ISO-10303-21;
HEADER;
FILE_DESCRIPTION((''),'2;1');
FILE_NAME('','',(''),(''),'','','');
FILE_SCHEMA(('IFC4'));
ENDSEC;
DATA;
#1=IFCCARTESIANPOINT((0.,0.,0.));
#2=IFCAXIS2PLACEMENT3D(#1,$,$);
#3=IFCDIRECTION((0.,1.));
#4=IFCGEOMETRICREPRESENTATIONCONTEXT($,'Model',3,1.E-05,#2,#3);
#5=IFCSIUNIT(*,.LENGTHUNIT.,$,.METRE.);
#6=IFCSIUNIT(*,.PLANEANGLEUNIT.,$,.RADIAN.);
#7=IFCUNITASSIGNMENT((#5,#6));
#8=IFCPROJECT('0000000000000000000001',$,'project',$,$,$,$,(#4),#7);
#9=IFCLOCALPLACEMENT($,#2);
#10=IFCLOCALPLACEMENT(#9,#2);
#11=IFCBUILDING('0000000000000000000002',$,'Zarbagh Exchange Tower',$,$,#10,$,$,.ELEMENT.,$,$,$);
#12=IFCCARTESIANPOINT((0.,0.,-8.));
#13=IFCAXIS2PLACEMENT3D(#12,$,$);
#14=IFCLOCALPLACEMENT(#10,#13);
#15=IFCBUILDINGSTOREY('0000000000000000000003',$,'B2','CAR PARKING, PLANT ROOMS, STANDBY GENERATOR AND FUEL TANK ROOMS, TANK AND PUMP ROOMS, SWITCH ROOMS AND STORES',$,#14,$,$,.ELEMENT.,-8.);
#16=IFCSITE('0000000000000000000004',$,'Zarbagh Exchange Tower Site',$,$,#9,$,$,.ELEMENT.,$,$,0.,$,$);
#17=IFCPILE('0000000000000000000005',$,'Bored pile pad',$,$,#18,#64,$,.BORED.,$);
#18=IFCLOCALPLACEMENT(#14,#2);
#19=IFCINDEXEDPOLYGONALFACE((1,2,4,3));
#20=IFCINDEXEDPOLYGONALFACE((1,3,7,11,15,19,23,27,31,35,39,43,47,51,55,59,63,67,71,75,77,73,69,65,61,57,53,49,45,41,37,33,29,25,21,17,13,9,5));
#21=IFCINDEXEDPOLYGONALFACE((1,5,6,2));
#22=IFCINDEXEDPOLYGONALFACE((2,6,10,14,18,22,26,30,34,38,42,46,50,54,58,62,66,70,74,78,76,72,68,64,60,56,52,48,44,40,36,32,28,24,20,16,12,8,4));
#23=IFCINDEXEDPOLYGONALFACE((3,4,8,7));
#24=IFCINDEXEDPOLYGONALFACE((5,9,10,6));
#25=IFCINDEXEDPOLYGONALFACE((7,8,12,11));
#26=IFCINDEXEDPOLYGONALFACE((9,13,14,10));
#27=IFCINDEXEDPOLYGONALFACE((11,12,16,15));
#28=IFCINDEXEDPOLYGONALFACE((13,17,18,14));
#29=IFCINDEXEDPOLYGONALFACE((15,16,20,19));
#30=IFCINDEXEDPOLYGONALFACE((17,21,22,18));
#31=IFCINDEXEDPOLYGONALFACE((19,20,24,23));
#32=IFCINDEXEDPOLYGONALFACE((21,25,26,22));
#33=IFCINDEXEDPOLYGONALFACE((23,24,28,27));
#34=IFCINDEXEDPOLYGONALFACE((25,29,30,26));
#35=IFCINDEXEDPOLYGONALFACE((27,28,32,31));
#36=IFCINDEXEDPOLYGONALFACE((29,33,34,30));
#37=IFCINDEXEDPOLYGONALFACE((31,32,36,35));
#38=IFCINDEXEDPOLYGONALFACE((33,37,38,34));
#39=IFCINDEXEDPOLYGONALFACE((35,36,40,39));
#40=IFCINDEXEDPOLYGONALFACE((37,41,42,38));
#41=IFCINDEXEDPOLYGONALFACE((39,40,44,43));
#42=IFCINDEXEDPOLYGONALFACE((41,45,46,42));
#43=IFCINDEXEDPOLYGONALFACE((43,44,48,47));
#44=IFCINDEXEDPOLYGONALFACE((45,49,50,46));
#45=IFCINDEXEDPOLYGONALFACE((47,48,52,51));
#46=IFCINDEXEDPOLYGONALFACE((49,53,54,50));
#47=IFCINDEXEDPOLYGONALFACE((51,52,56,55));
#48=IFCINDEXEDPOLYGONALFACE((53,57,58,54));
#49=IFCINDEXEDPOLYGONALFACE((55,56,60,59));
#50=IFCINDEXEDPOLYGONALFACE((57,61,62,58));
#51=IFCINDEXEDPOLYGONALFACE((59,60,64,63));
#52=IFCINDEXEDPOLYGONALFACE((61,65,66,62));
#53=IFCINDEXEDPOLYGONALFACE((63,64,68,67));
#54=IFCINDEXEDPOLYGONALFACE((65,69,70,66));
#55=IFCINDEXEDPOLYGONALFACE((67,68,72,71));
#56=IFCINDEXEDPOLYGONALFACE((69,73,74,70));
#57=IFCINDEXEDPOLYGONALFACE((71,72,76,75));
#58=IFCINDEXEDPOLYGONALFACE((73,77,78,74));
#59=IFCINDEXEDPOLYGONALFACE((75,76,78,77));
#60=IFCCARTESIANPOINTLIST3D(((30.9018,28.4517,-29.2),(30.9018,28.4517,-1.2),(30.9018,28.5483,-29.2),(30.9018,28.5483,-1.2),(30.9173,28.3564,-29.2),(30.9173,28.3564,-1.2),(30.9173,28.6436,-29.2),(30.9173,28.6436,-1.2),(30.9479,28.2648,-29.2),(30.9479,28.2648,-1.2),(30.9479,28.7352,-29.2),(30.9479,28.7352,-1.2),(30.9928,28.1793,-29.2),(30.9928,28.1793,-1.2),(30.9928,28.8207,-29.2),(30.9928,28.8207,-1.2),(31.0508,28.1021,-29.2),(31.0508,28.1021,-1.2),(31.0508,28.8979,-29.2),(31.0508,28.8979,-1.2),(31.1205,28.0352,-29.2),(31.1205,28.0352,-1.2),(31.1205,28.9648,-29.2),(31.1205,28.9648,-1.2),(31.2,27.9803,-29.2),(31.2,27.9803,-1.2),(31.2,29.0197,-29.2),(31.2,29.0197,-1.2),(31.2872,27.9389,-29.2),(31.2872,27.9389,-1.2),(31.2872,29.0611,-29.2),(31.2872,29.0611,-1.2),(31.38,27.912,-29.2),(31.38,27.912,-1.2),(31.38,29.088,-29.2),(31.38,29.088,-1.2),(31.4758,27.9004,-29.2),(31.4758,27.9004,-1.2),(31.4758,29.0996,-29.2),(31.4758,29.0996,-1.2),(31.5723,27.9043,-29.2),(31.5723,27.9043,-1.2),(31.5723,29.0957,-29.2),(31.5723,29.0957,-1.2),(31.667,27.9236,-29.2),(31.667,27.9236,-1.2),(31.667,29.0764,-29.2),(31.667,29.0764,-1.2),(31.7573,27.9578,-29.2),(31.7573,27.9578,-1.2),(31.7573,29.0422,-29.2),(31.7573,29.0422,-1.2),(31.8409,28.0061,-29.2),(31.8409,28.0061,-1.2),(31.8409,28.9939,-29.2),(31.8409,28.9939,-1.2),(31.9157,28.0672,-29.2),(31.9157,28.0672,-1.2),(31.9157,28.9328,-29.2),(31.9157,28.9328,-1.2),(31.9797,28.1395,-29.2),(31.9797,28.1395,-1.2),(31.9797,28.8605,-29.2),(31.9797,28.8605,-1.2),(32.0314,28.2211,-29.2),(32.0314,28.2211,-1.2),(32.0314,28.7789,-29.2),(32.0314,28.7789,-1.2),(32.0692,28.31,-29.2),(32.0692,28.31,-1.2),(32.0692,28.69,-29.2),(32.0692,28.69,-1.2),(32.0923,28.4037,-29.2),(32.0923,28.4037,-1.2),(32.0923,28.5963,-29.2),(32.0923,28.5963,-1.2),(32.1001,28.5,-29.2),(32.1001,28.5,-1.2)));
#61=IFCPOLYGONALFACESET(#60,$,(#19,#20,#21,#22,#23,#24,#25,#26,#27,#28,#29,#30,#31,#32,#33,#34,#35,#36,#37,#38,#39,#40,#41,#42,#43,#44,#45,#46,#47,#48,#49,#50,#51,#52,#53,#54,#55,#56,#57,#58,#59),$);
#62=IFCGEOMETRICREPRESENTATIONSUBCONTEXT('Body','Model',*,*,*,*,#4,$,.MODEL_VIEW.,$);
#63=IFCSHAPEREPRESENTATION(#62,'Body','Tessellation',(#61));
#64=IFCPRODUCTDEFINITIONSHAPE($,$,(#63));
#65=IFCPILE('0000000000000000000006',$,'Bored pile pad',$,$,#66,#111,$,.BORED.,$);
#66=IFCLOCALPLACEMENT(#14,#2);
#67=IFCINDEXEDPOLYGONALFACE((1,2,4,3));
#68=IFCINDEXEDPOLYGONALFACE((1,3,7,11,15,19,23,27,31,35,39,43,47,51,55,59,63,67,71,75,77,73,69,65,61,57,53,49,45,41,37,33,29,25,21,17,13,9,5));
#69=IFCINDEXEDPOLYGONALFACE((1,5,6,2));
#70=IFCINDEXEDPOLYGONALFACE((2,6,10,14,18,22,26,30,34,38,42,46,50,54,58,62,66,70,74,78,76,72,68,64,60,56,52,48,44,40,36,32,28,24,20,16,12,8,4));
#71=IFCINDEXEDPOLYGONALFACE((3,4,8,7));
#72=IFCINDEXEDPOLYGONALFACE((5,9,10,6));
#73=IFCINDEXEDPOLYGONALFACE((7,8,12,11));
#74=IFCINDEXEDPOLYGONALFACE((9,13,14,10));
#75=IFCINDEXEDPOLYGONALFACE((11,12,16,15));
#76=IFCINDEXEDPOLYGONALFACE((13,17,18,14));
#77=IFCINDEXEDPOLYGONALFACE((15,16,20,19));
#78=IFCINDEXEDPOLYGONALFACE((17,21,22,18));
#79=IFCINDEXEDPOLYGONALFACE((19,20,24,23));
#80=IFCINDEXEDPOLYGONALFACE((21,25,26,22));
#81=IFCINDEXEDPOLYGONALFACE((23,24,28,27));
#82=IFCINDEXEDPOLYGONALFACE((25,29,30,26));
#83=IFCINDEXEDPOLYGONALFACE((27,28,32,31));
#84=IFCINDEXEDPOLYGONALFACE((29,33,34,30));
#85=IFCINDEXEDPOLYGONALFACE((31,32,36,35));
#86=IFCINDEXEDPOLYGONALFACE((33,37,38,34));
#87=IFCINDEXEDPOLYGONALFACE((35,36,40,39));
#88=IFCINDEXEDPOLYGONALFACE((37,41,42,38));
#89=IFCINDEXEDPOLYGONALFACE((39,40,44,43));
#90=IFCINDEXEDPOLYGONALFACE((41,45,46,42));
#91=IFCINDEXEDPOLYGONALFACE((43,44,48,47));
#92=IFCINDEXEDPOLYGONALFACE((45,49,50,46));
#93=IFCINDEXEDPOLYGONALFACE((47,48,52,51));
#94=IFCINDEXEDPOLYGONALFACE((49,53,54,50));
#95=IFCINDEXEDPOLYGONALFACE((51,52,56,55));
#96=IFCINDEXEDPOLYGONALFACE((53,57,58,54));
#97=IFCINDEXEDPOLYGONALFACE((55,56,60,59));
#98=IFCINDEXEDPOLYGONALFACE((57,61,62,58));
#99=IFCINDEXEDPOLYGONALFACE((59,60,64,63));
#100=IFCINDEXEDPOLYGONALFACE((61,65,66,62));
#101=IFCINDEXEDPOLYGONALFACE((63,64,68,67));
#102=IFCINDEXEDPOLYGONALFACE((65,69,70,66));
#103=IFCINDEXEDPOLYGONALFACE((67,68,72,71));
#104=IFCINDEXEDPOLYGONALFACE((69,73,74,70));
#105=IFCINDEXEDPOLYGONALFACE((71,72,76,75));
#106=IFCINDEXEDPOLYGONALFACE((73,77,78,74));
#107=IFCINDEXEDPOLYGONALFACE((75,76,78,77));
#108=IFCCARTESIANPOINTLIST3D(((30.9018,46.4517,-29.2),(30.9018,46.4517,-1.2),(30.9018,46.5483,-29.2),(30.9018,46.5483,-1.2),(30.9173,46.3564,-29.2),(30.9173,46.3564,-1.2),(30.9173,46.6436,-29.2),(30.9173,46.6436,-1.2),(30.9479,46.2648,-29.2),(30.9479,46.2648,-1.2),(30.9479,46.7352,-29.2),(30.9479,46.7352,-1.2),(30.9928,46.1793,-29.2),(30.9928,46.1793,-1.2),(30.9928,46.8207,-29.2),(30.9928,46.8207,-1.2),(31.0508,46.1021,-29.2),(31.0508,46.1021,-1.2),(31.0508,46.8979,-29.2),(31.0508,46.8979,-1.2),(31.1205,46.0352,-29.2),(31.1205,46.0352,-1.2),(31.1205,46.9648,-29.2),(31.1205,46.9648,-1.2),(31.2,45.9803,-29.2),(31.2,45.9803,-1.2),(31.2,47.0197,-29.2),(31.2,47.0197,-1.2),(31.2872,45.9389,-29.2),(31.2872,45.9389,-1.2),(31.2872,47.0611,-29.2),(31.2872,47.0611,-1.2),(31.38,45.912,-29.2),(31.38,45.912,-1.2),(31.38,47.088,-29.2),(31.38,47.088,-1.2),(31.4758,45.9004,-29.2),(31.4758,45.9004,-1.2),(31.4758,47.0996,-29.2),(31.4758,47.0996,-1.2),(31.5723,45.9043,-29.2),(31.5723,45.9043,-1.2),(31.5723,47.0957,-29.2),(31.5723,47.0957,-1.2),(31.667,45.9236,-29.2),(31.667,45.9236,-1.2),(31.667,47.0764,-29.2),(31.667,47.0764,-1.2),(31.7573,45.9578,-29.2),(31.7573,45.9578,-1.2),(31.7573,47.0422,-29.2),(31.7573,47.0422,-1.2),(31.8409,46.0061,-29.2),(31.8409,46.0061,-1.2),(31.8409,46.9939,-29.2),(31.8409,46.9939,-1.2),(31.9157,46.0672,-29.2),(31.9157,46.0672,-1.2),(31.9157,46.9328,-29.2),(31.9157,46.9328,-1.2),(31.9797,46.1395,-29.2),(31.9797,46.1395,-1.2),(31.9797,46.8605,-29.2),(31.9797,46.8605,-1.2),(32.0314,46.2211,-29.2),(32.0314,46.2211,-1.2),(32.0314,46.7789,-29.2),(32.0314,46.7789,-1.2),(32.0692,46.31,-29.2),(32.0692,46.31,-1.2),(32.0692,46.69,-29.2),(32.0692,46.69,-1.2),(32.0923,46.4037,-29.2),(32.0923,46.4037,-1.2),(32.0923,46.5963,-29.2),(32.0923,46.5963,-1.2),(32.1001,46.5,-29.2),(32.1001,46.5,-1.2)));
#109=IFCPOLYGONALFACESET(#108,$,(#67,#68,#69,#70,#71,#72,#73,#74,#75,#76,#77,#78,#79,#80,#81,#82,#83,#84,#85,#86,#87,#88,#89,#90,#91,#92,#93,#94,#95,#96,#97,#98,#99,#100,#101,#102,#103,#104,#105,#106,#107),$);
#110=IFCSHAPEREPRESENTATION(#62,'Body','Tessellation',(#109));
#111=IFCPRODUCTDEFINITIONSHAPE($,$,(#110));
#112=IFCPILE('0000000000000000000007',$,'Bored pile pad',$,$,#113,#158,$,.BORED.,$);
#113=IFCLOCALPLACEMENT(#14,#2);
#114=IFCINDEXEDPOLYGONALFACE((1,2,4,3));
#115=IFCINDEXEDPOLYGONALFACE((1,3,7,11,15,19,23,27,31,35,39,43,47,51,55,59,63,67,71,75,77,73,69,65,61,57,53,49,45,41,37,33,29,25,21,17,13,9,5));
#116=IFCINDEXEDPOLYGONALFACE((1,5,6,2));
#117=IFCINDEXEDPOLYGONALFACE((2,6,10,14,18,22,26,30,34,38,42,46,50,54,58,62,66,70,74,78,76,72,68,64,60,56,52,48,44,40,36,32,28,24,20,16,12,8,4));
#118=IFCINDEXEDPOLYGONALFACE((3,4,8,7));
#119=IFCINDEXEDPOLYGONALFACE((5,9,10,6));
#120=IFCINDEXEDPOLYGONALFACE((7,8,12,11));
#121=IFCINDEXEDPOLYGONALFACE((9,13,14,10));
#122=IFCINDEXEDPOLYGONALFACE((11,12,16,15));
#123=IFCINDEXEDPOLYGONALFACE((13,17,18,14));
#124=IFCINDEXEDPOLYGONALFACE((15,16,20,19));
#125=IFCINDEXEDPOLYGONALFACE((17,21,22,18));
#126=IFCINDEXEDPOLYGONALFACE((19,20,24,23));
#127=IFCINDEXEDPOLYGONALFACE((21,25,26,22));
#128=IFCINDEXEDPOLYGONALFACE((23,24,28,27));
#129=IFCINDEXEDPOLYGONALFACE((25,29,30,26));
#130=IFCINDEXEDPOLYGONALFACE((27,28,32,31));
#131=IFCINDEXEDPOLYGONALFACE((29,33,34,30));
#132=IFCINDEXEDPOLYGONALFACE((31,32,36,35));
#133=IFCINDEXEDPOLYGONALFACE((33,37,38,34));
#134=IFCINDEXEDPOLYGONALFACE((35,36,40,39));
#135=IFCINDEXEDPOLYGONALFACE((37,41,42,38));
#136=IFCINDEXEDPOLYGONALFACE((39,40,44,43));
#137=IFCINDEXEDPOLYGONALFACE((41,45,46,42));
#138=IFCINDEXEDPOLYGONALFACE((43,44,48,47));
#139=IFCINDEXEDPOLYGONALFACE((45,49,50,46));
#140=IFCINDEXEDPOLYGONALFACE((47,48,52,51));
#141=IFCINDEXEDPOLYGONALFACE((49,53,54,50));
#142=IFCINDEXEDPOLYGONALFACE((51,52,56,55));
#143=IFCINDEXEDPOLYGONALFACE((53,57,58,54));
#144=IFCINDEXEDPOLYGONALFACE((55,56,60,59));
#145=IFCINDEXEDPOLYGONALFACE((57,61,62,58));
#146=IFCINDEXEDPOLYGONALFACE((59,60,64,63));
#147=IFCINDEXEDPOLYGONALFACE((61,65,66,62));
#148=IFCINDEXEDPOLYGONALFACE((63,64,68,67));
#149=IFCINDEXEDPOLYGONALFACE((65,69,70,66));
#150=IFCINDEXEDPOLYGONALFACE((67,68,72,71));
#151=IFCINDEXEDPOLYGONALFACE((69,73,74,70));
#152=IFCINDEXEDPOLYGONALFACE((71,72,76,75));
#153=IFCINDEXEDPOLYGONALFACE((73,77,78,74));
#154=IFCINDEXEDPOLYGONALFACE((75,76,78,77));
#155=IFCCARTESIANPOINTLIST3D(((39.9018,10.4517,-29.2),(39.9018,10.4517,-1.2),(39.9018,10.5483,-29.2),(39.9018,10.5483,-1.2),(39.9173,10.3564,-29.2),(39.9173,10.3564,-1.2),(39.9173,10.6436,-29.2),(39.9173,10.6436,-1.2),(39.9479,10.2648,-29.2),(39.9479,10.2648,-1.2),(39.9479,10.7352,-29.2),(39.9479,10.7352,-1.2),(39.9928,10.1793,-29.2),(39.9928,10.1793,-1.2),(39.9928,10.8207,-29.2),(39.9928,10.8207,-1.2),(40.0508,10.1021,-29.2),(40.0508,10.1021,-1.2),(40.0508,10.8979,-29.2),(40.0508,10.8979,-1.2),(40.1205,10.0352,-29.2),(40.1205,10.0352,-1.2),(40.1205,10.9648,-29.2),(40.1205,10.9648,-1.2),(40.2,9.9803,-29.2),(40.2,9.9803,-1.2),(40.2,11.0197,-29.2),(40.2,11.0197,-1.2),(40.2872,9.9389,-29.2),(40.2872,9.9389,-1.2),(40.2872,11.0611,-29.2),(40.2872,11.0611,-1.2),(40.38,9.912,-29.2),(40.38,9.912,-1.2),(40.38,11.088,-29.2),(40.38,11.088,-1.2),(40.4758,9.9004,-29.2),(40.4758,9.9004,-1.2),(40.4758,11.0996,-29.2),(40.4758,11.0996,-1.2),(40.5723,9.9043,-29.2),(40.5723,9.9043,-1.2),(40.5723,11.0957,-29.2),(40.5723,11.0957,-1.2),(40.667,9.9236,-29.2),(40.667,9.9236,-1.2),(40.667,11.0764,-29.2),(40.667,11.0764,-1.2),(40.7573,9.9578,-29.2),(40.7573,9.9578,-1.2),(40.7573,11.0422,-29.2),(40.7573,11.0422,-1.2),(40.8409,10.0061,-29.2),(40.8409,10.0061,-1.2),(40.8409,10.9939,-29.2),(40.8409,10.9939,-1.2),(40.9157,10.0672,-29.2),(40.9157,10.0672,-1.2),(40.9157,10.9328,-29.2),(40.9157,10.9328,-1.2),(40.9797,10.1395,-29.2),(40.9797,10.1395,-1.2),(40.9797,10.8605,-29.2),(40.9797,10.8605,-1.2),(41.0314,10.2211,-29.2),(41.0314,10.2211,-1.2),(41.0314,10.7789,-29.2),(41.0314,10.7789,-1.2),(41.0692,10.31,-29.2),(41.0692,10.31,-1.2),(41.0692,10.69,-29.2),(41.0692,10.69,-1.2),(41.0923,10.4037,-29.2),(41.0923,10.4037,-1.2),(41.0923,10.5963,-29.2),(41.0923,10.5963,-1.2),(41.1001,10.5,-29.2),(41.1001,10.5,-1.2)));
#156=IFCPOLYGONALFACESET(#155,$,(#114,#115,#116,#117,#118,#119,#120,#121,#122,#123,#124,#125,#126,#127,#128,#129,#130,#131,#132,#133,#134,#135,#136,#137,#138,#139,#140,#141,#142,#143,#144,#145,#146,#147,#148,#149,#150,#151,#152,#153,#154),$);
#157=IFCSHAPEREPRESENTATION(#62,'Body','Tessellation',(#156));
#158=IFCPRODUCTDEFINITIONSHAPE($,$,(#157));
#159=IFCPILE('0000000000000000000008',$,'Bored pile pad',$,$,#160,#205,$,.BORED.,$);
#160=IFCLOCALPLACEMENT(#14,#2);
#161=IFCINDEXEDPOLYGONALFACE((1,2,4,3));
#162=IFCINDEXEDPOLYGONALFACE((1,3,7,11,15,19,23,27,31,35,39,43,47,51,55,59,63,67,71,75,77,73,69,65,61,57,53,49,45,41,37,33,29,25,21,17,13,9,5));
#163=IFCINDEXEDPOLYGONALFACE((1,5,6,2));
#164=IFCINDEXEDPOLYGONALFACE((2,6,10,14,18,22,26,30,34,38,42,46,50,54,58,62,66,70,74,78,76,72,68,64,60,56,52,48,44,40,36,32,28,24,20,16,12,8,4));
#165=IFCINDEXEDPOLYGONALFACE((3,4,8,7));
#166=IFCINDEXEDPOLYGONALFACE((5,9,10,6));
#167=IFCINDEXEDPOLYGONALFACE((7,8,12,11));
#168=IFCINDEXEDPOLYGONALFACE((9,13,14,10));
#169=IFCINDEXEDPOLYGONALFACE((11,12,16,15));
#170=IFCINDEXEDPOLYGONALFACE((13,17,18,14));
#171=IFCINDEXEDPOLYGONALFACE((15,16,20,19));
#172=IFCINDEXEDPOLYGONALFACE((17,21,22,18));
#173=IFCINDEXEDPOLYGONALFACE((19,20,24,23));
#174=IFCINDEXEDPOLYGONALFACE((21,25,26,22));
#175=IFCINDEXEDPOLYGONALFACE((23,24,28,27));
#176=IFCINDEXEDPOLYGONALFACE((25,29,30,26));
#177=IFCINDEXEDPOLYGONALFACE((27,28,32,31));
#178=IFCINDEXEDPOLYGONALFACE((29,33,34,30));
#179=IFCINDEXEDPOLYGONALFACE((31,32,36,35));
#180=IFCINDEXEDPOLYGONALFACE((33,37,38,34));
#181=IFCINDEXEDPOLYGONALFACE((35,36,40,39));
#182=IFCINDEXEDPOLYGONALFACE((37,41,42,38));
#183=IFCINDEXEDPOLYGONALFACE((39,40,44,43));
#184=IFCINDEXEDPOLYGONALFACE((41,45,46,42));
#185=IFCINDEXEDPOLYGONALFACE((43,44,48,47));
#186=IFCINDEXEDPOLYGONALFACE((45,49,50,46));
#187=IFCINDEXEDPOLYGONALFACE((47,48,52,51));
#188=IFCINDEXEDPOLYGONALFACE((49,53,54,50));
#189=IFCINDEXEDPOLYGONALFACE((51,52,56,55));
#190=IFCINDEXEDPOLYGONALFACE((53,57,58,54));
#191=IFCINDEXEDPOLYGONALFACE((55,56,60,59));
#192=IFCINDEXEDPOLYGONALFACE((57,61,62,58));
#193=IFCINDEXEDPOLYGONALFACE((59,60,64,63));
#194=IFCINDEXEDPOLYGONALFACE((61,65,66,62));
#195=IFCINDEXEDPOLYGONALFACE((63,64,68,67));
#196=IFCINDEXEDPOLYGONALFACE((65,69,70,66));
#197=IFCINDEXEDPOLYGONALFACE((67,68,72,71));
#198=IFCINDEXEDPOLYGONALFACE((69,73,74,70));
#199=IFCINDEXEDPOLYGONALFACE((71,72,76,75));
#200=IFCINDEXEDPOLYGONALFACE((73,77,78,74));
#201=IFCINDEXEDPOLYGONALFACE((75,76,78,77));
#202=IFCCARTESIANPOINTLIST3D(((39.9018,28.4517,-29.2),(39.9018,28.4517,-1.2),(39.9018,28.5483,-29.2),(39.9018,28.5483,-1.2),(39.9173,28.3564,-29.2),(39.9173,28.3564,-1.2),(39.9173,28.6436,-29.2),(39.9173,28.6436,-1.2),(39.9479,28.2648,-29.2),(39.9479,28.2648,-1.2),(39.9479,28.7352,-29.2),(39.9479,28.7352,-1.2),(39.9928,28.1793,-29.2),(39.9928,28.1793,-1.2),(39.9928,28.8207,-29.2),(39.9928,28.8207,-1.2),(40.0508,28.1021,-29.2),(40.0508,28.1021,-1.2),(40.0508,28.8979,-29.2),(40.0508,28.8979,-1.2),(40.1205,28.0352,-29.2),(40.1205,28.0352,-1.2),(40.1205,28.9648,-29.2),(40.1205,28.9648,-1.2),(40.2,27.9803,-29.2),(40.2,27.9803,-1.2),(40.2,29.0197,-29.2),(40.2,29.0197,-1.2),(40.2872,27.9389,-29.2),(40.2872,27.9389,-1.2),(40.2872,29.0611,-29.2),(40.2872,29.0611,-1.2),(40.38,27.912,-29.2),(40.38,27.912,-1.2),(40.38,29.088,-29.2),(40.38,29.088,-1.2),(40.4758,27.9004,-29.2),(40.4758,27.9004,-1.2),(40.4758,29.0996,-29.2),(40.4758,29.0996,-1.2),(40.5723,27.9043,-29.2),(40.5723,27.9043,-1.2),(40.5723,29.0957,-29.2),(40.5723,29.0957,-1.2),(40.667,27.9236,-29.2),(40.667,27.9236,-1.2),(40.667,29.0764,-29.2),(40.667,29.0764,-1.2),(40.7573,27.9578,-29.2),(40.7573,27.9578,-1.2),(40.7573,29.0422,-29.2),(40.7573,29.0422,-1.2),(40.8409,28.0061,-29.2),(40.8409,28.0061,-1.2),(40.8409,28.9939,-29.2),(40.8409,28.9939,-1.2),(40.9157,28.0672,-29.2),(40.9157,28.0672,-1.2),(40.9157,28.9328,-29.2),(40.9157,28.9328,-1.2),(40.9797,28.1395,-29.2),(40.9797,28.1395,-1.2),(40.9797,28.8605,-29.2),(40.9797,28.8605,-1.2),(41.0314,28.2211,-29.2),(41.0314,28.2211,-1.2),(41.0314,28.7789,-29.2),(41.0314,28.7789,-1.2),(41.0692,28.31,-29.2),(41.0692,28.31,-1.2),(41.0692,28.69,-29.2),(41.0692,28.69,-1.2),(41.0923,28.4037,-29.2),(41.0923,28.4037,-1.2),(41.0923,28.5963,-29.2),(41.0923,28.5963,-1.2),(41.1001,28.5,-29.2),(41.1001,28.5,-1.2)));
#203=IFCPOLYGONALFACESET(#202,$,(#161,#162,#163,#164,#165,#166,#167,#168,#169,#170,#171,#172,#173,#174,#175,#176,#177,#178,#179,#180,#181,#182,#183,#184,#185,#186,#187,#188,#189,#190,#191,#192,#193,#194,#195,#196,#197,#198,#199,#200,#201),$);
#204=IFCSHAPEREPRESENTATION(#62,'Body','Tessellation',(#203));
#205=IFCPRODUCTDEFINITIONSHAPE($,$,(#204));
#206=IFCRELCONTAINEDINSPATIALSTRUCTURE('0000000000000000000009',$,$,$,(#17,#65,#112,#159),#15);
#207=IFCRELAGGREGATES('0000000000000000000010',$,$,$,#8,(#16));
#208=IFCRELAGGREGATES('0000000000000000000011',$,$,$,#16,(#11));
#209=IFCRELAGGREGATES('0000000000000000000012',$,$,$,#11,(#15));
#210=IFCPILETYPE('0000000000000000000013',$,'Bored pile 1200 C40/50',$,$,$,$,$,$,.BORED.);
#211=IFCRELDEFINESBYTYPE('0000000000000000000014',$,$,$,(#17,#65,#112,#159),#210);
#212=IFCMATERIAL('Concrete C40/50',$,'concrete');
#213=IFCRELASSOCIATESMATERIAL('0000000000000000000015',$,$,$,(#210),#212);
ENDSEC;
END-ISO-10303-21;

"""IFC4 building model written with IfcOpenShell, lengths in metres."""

from ifc_helpers import new_model, si_unit, direction, frame, origin, origin_2d, place, context, subcontext, project, spatial, circle, extrude, material, material_profile, profile_set, type_object, element, save


model = new_model("IFC4")

# Units and contexts
model_context = context("Model", 3, precision=1e-05, world=origin(), true_north=direction((0.0, 1.0)))
body_context = subcontext(model_context, "Body", "Model", "MODEL_VIEW")
ifc_project = project(units=[si_unit("LENGTHUNIT", "METRE"), si_unit("PLANEANGLEUNIT", "RADIAN")], contexts=[model_context])

# Site, building, storey
site_placement = place(None, origin())
site = spatial("IfcSite", under=ifc_project, at=site_placement, Name="Zarbagh Exchange Tower Site", CompositionType="ELEMENT", RefElevation=0.0)
building_placement = place(site_placement, origin())
building = spatial("IfcBuilding", under=site, at=building_placement, Name="Zarbagh Exchange Tower", CompositionType="ELEMENT")
storey_placement = place(building_placement, frame((0.0, 0.0, -8.0)))
storey = spatial("IfcBuildingStorey", under=building, at=storey_placement, Name="B2", Description="CAR PARKING, PLANT ROOMS, STANDBY GENERATOR AND FUEL TANK ROOMS, TANK AND PUMP ROOMS, SWITCH ROOMS AND STORES", CompositionType="ELEMENT", Elevation=-8.0)

# Piles
ifc_material_1 = material(Name="Concrete C40/50", Category="concrete")
ifc_material_profile_1 = material_profile(ifc_material_1, circle(Radius=0.6001, at=origin_2d()), Name="Bored pile 1200 C40/50")
ifc_profile_set_1 = profile_set([ifc_material_profile_1], Name="Concrete C40/50")
pile_type = type_object("IfcPileType", Name="Bored pile 1200 C40/50", PredefinedType="BORED", material=ifc_profile_set_1)
for number, where, z_axis, x_axis, name in (
    (1, (31.5, 28.5, -1.2), (0.0, 0.0, -1.0), (1.0, 0.0, 0.0), "Bored pile pad"),
    (2, (31.5, 46.5, -1.2), (0.0, 0.0, -1.0), (1.0, 0.0, 0.0), "Bored pile pad"),
    (3, (40.5, 10.5, -1.2), (0.0, 0.0, -1.0), (1.0, 0.0, 0.0), "Bored pile pad"),
    (4, (40.5, 28.5, -1.2), (0.0, 0.0, -1.0), (1.0, 0.0, 0.0), "Bored pile pad"),
):
    element("IfcPile", number, at=place(storey_placement, frame(where, z_axis=z_axis, x_axis=x_axis)), inside=storey, type_object=pile_type, Name=name, PredefinedType="BORED", context=body_context, shape_type="SweptSolid", body=[
        extrude(circle(Radius=0.6001, at=origin_2d()), origin(), (0.0, 0.0, 1.0), 28.0),
    ])

save(model, "model.ifc")
